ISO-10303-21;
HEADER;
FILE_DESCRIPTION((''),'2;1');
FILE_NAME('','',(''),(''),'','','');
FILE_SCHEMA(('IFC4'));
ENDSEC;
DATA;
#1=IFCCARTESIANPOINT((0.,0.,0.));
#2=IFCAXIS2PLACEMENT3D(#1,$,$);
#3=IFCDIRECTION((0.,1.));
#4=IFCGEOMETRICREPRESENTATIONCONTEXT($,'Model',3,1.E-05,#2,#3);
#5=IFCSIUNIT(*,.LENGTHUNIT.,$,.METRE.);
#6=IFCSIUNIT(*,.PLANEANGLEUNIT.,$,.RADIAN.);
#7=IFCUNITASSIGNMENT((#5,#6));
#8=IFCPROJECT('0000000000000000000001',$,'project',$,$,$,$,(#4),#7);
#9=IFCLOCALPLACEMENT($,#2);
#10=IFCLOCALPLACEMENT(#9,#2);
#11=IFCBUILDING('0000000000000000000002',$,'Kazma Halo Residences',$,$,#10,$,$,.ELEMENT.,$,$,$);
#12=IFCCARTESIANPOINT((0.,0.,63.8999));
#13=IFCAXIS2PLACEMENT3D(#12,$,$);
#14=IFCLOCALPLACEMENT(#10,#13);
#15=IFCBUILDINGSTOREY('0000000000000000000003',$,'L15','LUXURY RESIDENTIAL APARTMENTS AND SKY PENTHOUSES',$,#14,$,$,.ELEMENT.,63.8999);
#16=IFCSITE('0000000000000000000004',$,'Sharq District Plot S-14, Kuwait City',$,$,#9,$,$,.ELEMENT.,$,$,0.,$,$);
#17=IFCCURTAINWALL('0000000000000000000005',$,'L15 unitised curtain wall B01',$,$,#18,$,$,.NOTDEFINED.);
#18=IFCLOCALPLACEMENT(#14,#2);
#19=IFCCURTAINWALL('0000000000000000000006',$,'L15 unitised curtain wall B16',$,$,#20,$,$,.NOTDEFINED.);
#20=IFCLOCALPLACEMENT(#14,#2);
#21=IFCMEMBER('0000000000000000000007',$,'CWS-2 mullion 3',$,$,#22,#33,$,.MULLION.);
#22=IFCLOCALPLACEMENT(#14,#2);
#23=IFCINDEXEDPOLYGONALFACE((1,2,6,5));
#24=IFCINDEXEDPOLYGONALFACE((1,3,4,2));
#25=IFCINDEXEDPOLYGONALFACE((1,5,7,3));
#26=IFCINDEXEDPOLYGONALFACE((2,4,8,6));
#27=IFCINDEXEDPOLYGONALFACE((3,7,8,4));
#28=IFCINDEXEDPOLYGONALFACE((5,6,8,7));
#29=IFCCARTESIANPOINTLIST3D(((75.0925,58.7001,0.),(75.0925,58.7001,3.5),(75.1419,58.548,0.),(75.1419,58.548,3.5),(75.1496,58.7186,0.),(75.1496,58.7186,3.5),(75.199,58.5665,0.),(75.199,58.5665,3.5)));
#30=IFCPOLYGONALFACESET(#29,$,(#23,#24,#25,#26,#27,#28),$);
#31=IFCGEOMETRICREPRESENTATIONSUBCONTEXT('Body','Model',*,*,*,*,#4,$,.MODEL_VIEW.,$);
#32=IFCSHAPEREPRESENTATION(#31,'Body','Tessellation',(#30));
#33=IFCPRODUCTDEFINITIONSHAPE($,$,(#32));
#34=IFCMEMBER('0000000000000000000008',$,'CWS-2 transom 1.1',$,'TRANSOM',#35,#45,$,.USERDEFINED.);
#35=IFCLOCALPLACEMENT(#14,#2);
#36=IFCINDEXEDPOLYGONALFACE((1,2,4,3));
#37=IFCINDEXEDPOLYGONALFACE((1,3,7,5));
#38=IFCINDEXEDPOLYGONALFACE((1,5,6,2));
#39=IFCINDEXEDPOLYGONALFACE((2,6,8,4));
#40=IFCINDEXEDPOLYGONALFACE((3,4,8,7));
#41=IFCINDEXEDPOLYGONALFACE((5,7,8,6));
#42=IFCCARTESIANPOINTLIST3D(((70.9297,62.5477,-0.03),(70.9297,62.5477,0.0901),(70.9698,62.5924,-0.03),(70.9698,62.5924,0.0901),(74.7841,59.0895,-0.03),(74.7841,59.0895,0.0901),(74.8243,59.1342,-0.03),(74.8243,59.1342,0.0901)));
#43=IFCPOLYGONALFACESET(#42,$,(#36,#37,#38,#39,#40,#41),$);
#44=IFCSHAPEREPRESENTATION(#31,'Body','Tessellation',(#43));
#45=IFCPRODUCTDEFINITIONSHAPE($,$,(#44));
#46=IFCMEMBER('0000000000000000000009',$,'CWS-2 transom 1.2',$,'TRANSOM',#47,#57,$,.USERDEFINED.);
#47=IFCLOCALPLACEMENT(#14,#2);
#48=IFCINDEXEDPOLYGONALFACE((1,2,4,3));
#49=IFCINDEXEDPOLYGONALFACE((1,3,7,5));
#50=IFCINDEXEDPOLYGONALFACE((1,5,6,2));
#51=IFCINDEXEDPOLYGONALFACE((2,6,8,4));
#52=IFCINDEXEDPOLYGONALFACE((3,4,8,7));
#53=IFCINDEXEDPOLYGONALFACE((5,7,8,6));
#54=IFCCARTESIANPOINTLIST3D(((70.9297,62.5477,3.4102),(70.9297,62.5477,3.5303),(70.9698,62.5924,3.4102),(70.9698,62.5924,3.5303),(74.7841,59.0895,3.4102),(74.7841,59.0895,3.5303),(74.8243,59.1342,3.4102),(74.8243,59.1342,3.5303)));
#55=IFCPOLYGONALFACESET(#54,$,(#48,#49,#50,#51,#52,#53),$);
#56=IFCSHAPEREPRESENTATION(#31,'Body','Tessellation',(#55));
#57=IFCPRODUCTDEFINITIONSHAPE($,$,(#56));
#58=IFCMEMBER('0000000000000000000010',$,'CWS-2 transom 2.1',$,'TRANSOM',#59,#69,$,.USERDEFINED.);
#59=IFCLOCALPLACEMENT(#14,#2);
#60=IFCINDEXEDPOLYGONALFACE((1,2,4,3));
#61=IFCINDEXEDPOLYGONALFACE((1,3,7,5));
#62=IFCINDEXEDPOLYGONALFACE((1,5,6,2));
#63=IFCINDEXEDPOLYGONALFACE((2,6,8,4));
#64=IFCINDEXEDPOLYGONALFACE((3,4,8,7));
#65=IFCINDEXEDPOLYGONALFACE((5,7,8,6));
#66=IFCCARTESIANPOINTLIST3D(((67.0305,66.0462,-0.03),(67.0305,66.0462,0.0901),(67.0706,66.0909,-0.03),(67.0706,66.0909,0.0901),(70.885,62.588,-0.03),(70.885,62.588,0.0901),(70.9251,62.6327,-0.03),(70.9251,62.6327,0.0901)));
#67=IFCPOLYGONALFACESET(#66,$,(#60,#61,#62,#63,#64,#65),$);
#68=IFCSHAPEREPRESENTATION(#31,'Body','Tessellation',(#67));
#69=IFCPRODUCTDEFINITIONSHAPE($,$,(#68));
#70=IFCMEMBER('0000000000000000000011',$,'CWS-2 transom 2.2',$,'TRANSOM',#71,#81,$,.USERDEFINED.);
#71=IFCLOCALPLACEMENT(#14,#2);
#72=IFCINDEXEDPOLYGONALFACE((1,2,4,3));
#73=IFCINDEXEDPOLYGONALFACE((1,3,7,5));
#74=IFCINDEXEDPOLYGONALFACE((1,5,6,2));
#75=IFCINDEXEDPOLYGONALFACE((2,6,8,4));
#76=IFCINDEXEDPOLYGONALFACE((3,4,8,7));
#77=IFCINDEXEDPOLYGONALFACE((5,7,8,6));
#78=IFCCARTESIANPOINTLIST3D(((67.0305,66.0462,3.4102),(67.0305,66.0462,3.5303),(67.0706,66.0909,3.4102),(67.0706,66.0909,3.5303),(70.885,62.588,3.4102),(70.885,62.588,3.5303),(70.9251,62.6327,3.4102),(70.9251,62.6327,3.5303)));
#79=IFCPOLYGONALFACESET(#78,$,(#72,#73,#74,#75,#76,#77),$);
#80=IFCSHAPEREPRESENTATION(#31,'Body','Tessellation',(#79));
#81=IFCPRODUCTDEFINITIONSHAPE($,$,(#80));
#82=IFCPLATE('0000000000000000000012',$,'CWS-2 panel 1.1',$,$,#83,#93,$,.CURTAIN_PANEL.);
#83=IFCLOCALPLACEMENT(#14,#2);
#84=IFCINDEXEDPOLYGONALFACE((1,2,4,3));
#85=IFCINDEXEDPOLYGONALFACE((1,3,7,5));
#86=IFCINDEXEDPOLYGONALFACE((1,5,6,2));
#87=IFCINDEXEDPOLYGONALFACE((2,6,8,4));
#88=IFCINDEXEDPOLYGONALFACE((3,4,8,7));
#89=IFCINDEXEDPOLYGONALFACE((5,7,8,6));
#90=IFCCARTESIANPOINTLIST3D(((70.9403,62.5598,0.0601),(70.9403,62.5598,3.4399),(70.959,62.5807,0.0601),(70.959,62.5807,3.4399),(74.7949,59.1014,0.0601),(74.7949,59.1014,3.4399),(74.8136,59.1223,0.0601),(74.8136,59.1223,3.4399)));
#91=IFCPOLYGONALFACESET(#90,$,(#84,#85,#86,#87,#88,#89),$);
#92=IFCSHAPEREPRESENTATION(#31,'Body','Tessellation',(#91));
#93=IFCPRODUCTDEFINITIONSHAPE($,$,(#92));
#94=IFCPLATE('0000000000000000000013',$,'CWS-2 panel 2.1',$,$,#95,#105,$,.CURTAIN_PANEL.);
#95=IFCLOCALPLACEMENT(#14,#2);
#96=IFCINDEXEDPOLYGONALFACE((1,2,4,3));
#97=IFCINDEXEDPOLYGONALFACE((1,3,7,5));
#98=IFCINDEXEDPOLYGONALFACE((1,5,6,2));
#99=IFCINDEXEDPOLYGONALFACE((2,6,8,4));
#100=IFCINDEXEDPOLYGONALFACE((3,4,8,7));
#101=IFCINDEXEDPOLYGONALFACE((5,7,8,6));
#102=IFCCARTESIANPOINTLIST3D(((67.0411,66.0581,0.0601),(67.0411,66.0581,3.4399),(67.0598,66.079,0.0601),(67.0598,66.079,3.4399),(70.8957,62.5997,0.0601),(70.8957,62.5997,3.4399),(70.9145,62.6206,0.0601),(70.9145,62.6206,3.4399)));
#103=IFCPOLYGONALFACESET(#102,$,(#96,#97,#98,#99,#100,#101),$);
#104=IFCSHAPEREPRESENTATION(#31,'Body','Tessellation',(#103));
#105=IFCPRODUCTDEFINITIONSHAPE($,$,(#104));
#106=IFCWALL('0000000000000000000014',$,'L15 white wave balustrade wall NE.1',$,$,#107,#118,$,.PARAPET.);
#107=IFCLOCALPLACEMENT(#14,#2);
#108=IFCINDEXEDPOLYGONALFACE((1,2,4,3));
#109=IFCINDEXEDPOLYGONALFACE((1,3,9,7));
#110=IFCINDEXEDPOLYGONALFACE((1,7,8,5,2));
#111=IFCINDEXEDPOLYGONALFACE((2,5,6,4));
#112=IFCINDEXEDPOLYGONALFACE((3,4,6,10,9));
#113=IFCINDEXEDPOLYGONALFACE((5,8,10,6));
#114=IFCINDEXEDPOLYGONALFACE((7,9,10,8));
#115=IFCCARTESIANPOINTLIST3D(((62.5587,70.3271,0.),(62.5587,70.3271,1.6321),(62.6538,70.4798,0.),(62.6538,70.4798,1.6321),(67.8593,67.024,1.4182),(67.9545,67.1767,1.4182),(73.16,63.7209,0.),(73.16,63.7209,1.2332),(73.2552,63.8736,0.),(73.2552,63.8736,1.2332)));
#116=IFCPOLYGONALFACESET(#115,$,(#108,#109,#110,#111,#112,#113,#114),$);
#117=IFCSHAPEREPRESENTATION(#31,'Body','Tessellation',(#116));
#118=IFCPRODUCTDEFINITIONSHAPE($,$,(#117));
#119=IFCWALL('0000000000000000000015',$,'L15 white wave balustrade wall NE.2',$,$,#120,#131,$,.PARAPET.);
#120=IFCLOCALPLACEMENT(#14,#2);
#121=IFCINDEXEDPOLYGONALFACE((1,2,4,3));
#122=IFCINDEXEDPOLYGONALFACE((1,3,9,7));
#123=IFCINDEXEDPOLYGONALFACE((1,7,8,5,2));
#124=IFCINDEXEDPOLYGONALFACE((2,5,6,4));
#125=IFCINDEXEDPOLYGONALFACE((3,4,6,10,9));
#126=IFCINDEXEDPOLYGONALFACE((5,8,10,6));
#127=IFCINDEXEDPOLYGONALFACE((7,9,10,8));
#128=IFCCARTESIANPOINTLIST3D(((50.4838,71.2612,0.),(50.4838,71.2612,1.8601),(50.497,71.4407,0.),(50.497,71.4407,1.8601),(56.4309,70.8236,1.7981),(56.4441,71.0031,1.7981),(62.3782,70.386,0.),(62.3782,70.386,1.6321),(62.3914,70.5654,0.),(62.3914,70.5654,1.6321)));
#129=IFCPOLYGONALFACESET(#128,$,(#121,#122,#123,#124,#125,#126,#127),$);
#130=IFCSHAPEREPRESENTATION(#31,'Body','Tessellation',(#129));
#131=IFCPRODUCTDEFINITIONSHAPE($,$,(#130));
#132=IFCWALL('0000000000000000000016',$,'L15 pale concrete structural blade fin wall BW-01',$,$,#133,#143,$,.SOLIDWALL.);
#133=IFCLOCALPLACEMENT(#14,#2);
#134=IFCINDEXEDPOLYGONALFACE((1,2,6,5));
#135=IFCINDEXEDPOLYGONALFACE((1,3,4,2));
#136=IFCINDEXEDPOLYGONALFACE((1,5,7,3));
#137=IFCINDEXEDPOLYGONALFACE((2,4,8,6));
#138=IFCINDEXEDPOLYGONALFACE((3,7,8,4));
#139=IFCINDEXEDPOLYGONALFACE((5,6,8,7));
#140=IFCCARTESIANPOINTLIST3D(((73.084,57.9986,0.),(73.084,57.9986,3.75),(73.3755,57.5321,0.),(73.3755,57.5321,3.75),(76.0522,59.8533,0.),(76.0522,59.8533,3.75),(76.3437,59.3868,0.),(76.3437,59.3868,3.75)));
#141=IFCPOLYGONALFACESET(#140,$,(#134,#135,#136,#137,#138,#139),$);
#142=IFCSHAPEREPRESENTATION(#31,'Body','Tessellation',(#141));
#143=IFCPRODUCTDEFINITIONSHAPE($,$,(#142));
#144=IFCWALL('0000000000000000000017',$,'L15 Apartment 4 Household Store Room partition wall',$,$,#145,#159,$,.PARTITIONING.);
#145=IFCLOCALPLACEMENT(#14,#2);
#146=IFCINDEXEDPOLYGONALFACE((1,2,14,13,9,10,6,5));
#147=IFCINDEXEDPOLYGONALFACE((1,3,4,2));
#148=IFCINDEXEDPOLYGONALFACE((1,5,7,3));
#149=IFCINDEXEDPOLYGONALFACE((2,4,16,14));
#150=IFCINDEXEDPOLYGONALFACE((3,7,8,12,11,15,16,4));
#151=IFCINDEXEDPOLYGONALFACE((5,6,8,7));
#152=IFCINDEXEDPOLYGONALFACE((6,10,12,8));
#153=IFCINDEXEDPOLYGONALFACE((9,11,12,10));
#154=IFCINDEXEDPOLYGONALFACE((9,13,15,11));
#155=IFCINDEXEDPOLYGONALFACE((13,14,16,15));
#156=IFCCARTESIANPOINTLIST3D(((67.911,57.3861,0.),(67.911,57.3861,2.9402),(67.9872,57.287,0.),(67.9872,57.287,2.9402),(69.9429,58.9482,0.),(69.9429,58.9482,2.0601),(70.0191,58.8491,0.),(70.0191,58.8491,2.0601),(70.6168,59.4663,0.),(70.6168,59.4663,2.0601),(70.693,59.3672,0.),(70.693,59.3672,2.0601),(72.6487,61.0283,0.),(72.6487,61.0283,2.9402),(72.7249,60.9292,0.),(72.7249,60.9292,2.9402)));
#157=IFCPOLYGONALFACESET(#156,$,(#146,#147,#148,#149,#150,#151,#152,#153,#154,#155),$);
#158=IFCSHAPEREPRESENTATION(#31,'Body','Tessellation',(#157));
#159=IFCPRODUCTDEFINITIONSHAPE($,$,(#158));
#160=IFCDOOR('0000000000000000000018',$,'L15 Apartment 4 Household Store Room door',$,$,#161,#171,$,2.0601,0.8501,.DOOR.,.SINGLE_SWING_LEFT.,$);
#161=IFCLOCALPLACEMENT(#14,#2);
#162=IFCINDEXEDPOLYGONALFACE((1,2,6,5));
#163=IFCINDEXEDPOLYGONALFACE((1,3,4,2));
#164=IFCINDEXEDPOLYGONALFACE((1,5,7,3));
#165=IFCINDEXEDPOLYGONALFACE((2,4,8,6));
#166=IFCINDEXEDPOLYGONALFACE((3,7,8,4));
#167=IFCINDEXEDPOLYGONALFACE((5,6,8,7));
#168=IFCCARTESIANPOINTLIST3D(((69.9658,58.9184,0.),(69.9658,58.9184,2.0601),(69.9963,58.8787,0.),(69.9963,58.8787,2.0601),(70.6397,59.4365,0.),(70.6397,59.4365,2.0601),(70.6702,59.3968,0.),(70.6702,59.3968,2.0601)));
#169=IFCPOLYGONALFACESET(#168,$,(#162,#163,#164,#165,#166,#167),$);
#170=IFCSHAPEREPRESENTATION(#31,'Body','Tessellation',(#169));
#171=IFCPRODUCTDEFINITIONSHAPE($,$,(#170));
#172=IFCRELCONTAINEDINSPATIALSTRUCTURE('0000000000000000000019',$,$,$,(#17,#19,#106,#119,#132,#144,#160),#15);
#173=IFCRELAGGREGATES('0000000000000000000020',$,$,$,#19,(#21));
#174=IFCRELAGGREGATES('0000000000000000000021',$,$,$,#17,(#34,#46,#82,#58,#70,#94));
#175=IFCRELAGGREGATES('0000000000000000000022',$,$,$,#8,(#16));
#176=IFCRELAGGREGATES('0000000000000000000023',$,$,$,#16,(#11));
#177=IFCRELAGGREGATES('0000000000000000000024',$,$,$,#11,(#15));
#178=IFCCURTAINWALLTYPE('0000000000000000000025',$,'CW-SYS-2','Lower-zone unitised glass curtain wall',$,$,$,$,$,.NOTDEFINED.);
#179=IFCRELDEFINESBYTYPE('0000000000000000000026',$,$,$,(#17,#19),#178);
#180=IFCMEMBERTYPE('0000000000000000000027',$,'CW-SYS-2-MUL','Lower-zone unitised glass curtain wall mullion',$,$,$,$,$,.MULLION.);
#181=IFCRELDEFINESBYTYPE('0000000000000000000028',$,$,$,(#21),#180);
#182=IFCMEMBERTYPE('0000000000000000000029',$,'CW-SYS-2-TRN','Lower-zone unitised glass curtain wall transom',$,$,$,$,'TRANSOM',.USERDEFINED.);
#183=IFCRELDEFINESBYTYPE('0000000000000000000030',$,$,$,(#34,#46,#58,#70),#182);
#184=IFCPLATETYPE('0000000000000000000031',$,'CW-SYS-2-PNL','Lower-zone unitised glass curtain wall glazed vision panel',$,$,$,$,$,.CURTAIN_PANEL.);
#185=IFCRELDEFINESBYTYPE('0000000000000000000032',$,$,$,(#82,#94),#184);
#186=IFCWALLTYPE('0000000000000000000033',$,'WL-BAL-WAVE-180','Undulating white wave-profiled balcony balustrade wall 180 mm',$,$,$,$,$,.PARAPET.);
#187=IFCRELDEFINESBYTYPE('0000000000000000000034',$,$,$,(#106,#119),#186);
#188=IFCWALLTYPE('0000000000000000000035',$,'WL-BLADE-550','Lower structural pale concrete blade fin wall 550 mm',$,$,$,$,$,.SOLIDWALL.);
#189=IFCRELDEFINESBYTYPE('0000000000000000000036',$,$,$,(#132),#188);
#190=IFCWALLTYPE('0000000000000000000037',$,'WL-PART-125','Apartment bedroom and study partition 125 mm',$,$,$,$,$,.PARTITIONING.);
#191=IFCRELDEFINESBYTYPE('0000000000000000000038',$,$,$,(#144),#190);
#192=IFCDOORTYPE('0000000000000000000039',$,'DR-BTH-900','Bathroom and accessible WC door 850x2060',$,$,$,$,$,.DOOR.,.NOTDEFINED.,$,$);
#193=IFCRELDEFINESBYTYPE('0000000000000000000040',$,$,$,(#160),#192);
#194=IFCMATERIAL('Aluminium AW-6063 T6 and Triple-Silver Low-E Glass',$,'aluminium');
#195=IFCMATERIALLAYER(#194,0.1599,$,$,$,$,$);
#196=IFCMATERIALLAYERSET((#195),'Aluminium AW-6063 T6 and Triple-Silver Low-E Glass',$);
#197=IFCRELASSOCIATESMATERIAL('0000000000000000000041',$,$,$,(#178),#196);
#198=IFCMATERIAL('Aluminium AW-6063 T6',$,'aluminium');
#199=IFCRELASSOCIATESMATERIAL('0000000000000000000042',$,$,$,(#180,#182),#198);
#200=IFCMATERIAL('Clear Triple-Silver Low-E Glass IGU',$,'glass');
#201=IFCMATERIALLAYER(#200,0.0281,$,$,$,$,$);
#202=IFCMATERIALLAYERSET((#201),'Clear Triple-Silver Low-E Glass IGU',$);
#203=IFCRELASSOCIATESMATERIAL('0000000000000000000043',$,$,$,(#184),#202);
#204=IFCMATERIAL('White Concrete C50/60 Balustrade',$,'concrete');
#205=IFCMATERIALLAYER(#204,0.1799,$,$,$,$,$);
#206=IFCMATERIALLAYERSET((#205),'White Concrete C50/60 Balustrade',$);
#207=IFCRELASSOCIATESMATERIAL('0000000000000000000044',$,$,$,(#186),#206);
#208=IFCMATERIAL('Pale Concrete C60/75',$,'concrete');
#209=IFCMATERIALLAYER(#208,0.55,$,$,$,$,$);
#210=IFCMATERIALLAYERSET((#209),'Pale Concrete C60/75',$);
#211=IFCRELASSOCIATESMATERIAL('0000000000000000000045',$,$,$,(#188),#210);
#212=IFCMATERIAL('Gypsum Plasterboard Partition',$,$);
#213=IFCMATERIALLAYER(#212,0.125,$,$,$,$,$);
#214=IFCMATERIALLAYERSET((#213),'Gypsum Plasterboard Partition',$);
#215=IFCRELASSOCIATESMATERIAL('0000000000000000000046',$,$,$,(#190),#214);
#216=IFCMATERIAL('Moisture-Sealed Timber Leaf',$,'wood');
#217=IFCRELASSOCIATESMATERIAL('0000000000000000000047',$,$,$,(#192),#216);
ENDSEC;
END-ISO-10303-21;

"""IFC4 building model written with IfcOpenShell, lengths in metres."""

from ifc_helpers import new_model, si_unit, direction, frame, frame_2d, origin, origin_2d, place, context, subcontext, project, spatial, polyline, rectangle, outline, extrude, material, layer, layer_set, material_profile, profile_set, type_object, element, fill, aggregate, save


model = new_model("IFC4")

# Units and contexts
model_context = context("Model", 3, precision=1e-05, world=origin(), true_north=direction((0.0, 1.0)))
body_context = subcontext(model_context, "Body", "Model", "MODEL_VIEW")
ifc_project = project(units=[si_unit("LENGTHUNIT", "METRE"), si_unit("PLANEANGLEUNIT", "RADIAN")], contexts=[model_context])

# Site, building, storey
site_placement = place(None, origin())
site = spatial("IfcSite", under=ifc_project, at=site_placement, Name="Sharq District Plot S-14, Kuwait City", CompositionType="ELEMENT", RefElevation=0.0)
building_placement = place(site_placement, origin())
building = spatial("IfcBuilding", under=site, at=building_placement, Name="Kazma Halo Residences", CompositionType="ELEMENT")
storey_placement = place(building_placement, frame((0.0, 0.0, 63.8999)))
storey = spatial("IfcBuildingStorey", under=building, at=storey_placement, Name="L15", Description="LUXURY RESIDENTIAL APARTMENTS AND SKY PENTHOUSES", CompositionType="ELEMENT", Elevation=63.8999)

# Curtain wall
ifc_material_1 = material(Name="Aluminium AW-6063 T6 and Triple-Silver Low-E Glass", Category="aluminium")
ifc_layer_1 = layer(ifc_material_1, 0.1599)
ifc_layer_set_1 = layer_set([ifc_layer_1], Name="Aluminium AW-6063 T6 and Triple-Silver Low-E Glass")
curtain_wall_type = type_object("IfcCurtainWallType", Name="CW-SYS-2", Description="Lower-zone unitised glass curtain wall", PredefinedType="NOTDEFINED", material=ifc_layer_set_1)
curtain_wall_1_placement = place(storey_placement, origin())
curtain_wall_1 = element("IfcCurtainWall", 1, at=curtain_wall_1_placement, inside=storey, type_object=curtain_wall_type, Name="L15 unitised curtain wall B01", PredefinedType="NOTDEFINED")
ifc_material_2 = material(Name="Aluminium AW-6063 T6", Category="aluminium")
ifc_material_profile_1 = material_profile(ifc_material_2, rectangle(XDim=0.0601, YDim=0.1599, at=origin_2d()), Name="CWM-60x160")
ifc_profile_set_1 = profile_set([ifc_material_profile_1], Name="Aluminium AW-6063 T6")
member_type_1 = type_object("IfcMemberType", Name="CW-SYS-2-MUL", Description="Lower-zone unitised glass curtain wall mullion", PredefinedType="MULLION", material=ifc_profile_set_1)

# Curtain wall, member
curtain_wall_2_placement = place(storey_placement, origin())
curtain_wall_2 = element("IfcCurtainWall", 2, at=curtain_wall_2_placement, inside=storey, type_object=curtain_wall_type, Name="L15 unitised curtain wall B16", PredefinedType="NOTDEFINED")
member_1_placement = place(storey_placement, frame((75.1458, 58.6333, 0.0), z_axis=(0.0, 0.0, 1.0), x_axis=(-0.951057, -0.309017, 0.0)))
member_1 = element("IfcMember", 3, at=member_1_placement, type_object=member_type_1, Name="CWS-2 mullion 3", PredefinedType="MULLION", context=body_context, shape_type="SweptSolid", body=[
    extrude(rectangle(XDim=0.0601, YDim=0.1599, at=origin_2d()), origin(), (0.0, 0.0, 1.0), 3.5),
])
aggregate(curtain_wall_2, [member_1])

# Members
ifc_material_profile_2 = material_profile(ifc_material_2, rectangle(XDim=0.0601, YDim=0.1201, at=origin_2d()), Name="CWT-60x120")
ifc_profile_set_2 = profile_set([ifc_material_profile_2], Name="Aluminium AW-6063 T6")
member_type_2 = type_object("IfcMemberType", Name="CW-SYS-2-TRN", Description="Lower-zone unitised glass curtain wall transom", ElementType="TRANSOM", PredefinedType="USERDEFINED", material=ifc_profile_set_2)
member_2_placement = place(storey_placement, frame((74.8042, 59.1118, 0.03), z_axis=(-0.744329, 0.667813, 0.0), x_axis=(-0.667813, -0.744329, 0.0)))
member_2 = element("IfcMember", 4, at=member_2_placement, type_object=member_type_2, Name="CWS-2 transom 1.1", ObjectType="TRANSOM", PredefinedType="USERDEFINED", context=body_context, shape_type="SweptSolid", body=[
    extrude(rectangle(XDim=0.0601, YDim=0.1201, at=origin_2d()), origin(), (0.0, 0.0, 1.0), 5.1785),
])
member_3_placement = place(storey_placement, frame((74.8042, 59.1118, 3.4702), z_axis=(-0.744329, 0.667813, 0.0), x_axis=(-0.667813, -0.744329, 0.0)))
member_3 = element("IfcMember", 5, at=member_3_placement, type_object=member_type_2, Name="CWS-2 transom 1.2", ObjectType="TRANSOM", PredefinedType="USERDEFINED", context=body_context, shape_type="SweptSolid", body=[
    extrude(rectangle(XDim=0.0601, YDim=0.1201, at=origin_2d()), origin(), (0.0, 0.0, 1.0), 5.1785),
])
member_4_placement = place(storey_placement, frame((70.905, 62.6104, 0.03), z_axis=(-0.744329, 0.667813, 0.0), x_axis=(-0.667813, -0.744329, 0.0)))
member_4 = element("IfcMember", 6, at=member_4_placement, type_object=member_type_2, Name="CWS-2 transom 2.1", ObjectType="TRANSOM", PredefinedType="USERDEFINED", context=body_context, shape_type="SweptSolid", body=[
    extrude(rectangle(XDim=0.0601, YDim=0.1201, at=origin_2d()), origin(), (0.0, 0.0, 1.0), 5.1785),
])
member_5_placement = place(storey_placement, frame((70.905, 62.6104, 3.4702), z_axis=(-0.744329, 0.667813, 0.0), x_axis=(-0.667813, -0.744329, 0.0)))
member_5 = element("IfcMember", 7, at=member_5_placement, type_object=member_type_2, Name="CWS-2 transom 2.2", ObjectType="TRANSOM", PredefinedType="USERDEFINED", context=body_context, shape_type="SweptSolid", body=[
    extrude(rectangle(XDim=0.0601, YDim=0.1201, at=origin_2d()), origin(), (0.0, 0.0, 1.0), 5.1785),
])

# Plates
ifc_material_3 = material(Name="Clear Triple-Silver Low-E Glass IGU", Category="glass")
ifc_layer_2 = layer(ifc_material_3, 0.0281)
ifc_layer_set_2 = layer_set([ifc_layer_2], Name="Clear Triple-Silver Low-E Glass IGU")
plate_type = type_object("IfcPlateType", Name="CW-SYS-2-PNL", Description="Lower-zone unitised glass curtain wall glazed vision panel", PredefinedType="CURTAIN_PANEL", material=ifc_layer_set_2)
plate_1_placement = place(storey_placement, frame((72.877, 60.8411, 0.0601), z_axis=(0.0, 0.0, 1.0), x_axis=(-0.744322, 0.667821, 0.0)))
plate_1 = element("IfcPlate", 8, at=plate_1_placement, type_object=plate_type, Name="CWS-2 panel 1.1", PredefinedType="CURTAIN_PANEL", context=body_context, shape_type="SweptSolid", body=[
    extrude(rectangle(XDim=5.1787, YDim=0.0281, at=origin_2d()), origin(), (0.0, 0.0, 1.0), 3.3799),
])
plate_2_placement = place(storey_placement, frame((68.9778, 64.3394, 0.0601), z_axis=(0.0, 0.0, 1.0), x_axis=(-0.744322, 0.667821, 0.0)))
plate_2 = element("IfcPlate", 9, at=plate_2_placement, type_object=plate_type, Name="CWS-2 panel 2.1", PredefinedType="CURTAIN_PANEL", context=body_context, shape_type="SweptSolid", body=[
    extrude(rectangle(XDim=5.1787, YDim=0.0281, at=origin_2d()), origin(), (0.0, 0.0, 1.0), 3.3799),
])
aggregate(curtain_wall_1, [member_2, member_3, plate_1, member_4, member_5, plate_2])

# Walls
ifc_material_4 = material(Name="White Concrete C50/60 Balustrade", Category="concrete")
ifc_layer_3 = layer(ifc_material_4, 0.1799)
ifc_layer_set_3 = layer_set([ifc_layer_3], Name="White Concrete C50/60 Balustrade")
wall_type_1 = type_object("IfcWallType", Name="WL-BAL-WAVE-180", Description="Undulating white wave-profiled balcony balustrade wall 180 mm", PredefinedType="PARAPET", material=ifc_layer_set_3)
wall_1_placement = place(storey_placement, frame((73.2075, 63.7971, 0.0), z_axis=(0.0, 0.0, 1.0), x_axis=(-0.848704, 0.528869, 0.0)))
element("IfcWall", 10, at=wall_1_placement, inside=storey, type_object=wall_type_1, Name="L15 white wave balustrade wall NE.1", PredefinedType="PARAPET", context=body_context, shape_type="SweptSolid", body=[
    extrude(outline(polyline([(0.0, 0.0), (12.4912, 0.0), (12.4912, 1.6321), (6.2456, 1.4182), (0.0, 1.2332), (0.0, 0.0)])), frame((0.0, 0.0898, 0.0), z_axis=(0.0, -1.0, 0.0), x_axis=(1.0, 0.0, 0.0)), (0.0, 0.0, 1.0), 0.1799),
])
wall_2_placement = place(storey_placement, frame((62.3848, 70.4756, 0.0), z_axis=(0.0, 0.0, 1.0), x_axis=(-0.997304, 0.073387, 0.0)))
element("IfcWall", 11, at=wall_2_placement, inside=storey, type_object=wall_type_1, Name="L15 white wave balustrade wall NE.2", PredefinedType="PARAPET", context=body_context, shape_type="SweptSolid", body=[
    extrude(outline(polyline([(0.0, 0.0), (11.9265, 0.0), (11.9265, 1.8601), (5.9634, 1.7981), (0.0, 1.6321), (0.0, 0.0)])), frame((0.0, 0.0898, 0.0), z_axis=(0.0, -1.0, 0.0), x_axis=(1.0, 0.0, 0.0)), (0.0, 0.0, 1.0), 0.1799),
])
ifc_material_5 = material(Name="Pale Concrete C60/75", Category="concrete")
ifc_layer_4 = layer(ifc_material_5, 0.55)
ifc_layer_set_4 = layer_set([ifc_layer_4], Name="Pale Concrete C60/75")
wall_type_2 = type_object("IfcWallType", Name="WL-BLADE-550", Description="Lower structural pale concrete blade fin wall 550 mm", PredefinedType="SOLIDWALL", material=ifc_layer_set_4)
wall_3_placement = place(storey_placement, frame((73.2297, 57.7654, 0.0), z_axis=(0.0, 0.0, 1.0), x_axis=(0.848053, 0.529911, 0.0)))
element("IfcWall", 12, at=wall_3_placement, inside=storey, type_object=wall_type_2, Name="L15 pale concrete structural blade fin wall BW-01", PredefinedType="SOLIDWALL", context=body_context, shape_type="SweptSolid", body=[
    extrude(rectangle(XDim=3.5, YDim=0.55, at=frame_2d((1.75, 0.0))), origin(), (0.0, 0.0, 1.0), 3.75),
])

# Wall, opening, door
ifc_material_6 = material(Name="Gypsum Plasterboard Partition")
ifc_layer_5 = layer(ifc_material_6, 0.125)
ifc_layer_set_5 = layer_set([ifc_layer_5], Name="Gypsum Plasterboard Partition")
wall_type_3 = type_object("IfcWallType", Name="WL-PART-125", Description="Apartment bedroom and study partition 125 mm", PredefinedType="PARTITIONING", material=ifc_layer_set_5)
wall_4_placement = place(storey_placement, frame((67.9492, 57.3367, 0.0), z_axis=(0.0, 0.0, 1.0), x_axis=(0.7928, 0.609482, 0.0)))
wall_4 = element("IfcWall", 13, at=wall_4_placement, inside=storey, type_object=wall_type_3, Name="L15 Apartment 4 Household Store Room partition wall", PredefinedType="PARTITIONING", context=body_context, shape_type="SweptSolid", body=[
    extrude(rectangle(XDim=5.9758, YDim=0.125, at=frame_2d((2.9878, 0.0))), origin(), (0.0, 0.0, 1.0), 2.9402),
])
opening_1_placement = place(wall_4_placement, frame((2.5627, 0.0, 0.0)))
opening_1 = element("IfcOpeningElement", 14, at=opening_1_placement, cuts=wall_4, PredefinedType="OPENING", context=body_context, shape_type="SweptSolid", body=[
    extrude(rectangle(XDim=0.8501, YDim=2.0601, at=frame_2d((0.425, 1.03))), frame((0.0, 0.0725, 0.0), z_axis=(0.0, -1.0, 0.0), x_axis=(1.0, 0.0, 0.0)), (0.0, 0.0, 1.0), 0.145),
])
ifc_material_7 = material(Name="Moisture-Sealed Timber Leaf", Category="wood")
door_type_1 = type_object("IfcDoorType", Name="DR-BTH-900", Description="Bathroom and accessible WC door 850x2060", OperationType="NOTDEFINED", PredefinedType="DOOR", material=ifc_material_7)
door_1_placement = place(opening_1_placement, origin())
door_1 = element("IfcDoor", 15, at=door_1_placement, inside=storey, type_object=door_type_1, Name="L15 Apartment 4 Household Store Room door", OperationType="SINGLE_SWING_LEFT", OverallHeight=2.0601, OverallWidth=0.8501, PredefinedType="DOOR", context=body_context, shape_type="SweptSolid", body=[
    extrude(rectangle(XDim=0.8501, YDim=2.0601, at=frame_2d((0.425, 1.03))), frame((0.0, 0.0249, 0.0), z_axis=(0.0, -1.0, 0.0), x_axis=(1.0, 0.0, 0.0)), (0.0, 0.0, 1.0), 0.05),
])
fill(opening_1, door_1)

save(model, "model.ifc")
